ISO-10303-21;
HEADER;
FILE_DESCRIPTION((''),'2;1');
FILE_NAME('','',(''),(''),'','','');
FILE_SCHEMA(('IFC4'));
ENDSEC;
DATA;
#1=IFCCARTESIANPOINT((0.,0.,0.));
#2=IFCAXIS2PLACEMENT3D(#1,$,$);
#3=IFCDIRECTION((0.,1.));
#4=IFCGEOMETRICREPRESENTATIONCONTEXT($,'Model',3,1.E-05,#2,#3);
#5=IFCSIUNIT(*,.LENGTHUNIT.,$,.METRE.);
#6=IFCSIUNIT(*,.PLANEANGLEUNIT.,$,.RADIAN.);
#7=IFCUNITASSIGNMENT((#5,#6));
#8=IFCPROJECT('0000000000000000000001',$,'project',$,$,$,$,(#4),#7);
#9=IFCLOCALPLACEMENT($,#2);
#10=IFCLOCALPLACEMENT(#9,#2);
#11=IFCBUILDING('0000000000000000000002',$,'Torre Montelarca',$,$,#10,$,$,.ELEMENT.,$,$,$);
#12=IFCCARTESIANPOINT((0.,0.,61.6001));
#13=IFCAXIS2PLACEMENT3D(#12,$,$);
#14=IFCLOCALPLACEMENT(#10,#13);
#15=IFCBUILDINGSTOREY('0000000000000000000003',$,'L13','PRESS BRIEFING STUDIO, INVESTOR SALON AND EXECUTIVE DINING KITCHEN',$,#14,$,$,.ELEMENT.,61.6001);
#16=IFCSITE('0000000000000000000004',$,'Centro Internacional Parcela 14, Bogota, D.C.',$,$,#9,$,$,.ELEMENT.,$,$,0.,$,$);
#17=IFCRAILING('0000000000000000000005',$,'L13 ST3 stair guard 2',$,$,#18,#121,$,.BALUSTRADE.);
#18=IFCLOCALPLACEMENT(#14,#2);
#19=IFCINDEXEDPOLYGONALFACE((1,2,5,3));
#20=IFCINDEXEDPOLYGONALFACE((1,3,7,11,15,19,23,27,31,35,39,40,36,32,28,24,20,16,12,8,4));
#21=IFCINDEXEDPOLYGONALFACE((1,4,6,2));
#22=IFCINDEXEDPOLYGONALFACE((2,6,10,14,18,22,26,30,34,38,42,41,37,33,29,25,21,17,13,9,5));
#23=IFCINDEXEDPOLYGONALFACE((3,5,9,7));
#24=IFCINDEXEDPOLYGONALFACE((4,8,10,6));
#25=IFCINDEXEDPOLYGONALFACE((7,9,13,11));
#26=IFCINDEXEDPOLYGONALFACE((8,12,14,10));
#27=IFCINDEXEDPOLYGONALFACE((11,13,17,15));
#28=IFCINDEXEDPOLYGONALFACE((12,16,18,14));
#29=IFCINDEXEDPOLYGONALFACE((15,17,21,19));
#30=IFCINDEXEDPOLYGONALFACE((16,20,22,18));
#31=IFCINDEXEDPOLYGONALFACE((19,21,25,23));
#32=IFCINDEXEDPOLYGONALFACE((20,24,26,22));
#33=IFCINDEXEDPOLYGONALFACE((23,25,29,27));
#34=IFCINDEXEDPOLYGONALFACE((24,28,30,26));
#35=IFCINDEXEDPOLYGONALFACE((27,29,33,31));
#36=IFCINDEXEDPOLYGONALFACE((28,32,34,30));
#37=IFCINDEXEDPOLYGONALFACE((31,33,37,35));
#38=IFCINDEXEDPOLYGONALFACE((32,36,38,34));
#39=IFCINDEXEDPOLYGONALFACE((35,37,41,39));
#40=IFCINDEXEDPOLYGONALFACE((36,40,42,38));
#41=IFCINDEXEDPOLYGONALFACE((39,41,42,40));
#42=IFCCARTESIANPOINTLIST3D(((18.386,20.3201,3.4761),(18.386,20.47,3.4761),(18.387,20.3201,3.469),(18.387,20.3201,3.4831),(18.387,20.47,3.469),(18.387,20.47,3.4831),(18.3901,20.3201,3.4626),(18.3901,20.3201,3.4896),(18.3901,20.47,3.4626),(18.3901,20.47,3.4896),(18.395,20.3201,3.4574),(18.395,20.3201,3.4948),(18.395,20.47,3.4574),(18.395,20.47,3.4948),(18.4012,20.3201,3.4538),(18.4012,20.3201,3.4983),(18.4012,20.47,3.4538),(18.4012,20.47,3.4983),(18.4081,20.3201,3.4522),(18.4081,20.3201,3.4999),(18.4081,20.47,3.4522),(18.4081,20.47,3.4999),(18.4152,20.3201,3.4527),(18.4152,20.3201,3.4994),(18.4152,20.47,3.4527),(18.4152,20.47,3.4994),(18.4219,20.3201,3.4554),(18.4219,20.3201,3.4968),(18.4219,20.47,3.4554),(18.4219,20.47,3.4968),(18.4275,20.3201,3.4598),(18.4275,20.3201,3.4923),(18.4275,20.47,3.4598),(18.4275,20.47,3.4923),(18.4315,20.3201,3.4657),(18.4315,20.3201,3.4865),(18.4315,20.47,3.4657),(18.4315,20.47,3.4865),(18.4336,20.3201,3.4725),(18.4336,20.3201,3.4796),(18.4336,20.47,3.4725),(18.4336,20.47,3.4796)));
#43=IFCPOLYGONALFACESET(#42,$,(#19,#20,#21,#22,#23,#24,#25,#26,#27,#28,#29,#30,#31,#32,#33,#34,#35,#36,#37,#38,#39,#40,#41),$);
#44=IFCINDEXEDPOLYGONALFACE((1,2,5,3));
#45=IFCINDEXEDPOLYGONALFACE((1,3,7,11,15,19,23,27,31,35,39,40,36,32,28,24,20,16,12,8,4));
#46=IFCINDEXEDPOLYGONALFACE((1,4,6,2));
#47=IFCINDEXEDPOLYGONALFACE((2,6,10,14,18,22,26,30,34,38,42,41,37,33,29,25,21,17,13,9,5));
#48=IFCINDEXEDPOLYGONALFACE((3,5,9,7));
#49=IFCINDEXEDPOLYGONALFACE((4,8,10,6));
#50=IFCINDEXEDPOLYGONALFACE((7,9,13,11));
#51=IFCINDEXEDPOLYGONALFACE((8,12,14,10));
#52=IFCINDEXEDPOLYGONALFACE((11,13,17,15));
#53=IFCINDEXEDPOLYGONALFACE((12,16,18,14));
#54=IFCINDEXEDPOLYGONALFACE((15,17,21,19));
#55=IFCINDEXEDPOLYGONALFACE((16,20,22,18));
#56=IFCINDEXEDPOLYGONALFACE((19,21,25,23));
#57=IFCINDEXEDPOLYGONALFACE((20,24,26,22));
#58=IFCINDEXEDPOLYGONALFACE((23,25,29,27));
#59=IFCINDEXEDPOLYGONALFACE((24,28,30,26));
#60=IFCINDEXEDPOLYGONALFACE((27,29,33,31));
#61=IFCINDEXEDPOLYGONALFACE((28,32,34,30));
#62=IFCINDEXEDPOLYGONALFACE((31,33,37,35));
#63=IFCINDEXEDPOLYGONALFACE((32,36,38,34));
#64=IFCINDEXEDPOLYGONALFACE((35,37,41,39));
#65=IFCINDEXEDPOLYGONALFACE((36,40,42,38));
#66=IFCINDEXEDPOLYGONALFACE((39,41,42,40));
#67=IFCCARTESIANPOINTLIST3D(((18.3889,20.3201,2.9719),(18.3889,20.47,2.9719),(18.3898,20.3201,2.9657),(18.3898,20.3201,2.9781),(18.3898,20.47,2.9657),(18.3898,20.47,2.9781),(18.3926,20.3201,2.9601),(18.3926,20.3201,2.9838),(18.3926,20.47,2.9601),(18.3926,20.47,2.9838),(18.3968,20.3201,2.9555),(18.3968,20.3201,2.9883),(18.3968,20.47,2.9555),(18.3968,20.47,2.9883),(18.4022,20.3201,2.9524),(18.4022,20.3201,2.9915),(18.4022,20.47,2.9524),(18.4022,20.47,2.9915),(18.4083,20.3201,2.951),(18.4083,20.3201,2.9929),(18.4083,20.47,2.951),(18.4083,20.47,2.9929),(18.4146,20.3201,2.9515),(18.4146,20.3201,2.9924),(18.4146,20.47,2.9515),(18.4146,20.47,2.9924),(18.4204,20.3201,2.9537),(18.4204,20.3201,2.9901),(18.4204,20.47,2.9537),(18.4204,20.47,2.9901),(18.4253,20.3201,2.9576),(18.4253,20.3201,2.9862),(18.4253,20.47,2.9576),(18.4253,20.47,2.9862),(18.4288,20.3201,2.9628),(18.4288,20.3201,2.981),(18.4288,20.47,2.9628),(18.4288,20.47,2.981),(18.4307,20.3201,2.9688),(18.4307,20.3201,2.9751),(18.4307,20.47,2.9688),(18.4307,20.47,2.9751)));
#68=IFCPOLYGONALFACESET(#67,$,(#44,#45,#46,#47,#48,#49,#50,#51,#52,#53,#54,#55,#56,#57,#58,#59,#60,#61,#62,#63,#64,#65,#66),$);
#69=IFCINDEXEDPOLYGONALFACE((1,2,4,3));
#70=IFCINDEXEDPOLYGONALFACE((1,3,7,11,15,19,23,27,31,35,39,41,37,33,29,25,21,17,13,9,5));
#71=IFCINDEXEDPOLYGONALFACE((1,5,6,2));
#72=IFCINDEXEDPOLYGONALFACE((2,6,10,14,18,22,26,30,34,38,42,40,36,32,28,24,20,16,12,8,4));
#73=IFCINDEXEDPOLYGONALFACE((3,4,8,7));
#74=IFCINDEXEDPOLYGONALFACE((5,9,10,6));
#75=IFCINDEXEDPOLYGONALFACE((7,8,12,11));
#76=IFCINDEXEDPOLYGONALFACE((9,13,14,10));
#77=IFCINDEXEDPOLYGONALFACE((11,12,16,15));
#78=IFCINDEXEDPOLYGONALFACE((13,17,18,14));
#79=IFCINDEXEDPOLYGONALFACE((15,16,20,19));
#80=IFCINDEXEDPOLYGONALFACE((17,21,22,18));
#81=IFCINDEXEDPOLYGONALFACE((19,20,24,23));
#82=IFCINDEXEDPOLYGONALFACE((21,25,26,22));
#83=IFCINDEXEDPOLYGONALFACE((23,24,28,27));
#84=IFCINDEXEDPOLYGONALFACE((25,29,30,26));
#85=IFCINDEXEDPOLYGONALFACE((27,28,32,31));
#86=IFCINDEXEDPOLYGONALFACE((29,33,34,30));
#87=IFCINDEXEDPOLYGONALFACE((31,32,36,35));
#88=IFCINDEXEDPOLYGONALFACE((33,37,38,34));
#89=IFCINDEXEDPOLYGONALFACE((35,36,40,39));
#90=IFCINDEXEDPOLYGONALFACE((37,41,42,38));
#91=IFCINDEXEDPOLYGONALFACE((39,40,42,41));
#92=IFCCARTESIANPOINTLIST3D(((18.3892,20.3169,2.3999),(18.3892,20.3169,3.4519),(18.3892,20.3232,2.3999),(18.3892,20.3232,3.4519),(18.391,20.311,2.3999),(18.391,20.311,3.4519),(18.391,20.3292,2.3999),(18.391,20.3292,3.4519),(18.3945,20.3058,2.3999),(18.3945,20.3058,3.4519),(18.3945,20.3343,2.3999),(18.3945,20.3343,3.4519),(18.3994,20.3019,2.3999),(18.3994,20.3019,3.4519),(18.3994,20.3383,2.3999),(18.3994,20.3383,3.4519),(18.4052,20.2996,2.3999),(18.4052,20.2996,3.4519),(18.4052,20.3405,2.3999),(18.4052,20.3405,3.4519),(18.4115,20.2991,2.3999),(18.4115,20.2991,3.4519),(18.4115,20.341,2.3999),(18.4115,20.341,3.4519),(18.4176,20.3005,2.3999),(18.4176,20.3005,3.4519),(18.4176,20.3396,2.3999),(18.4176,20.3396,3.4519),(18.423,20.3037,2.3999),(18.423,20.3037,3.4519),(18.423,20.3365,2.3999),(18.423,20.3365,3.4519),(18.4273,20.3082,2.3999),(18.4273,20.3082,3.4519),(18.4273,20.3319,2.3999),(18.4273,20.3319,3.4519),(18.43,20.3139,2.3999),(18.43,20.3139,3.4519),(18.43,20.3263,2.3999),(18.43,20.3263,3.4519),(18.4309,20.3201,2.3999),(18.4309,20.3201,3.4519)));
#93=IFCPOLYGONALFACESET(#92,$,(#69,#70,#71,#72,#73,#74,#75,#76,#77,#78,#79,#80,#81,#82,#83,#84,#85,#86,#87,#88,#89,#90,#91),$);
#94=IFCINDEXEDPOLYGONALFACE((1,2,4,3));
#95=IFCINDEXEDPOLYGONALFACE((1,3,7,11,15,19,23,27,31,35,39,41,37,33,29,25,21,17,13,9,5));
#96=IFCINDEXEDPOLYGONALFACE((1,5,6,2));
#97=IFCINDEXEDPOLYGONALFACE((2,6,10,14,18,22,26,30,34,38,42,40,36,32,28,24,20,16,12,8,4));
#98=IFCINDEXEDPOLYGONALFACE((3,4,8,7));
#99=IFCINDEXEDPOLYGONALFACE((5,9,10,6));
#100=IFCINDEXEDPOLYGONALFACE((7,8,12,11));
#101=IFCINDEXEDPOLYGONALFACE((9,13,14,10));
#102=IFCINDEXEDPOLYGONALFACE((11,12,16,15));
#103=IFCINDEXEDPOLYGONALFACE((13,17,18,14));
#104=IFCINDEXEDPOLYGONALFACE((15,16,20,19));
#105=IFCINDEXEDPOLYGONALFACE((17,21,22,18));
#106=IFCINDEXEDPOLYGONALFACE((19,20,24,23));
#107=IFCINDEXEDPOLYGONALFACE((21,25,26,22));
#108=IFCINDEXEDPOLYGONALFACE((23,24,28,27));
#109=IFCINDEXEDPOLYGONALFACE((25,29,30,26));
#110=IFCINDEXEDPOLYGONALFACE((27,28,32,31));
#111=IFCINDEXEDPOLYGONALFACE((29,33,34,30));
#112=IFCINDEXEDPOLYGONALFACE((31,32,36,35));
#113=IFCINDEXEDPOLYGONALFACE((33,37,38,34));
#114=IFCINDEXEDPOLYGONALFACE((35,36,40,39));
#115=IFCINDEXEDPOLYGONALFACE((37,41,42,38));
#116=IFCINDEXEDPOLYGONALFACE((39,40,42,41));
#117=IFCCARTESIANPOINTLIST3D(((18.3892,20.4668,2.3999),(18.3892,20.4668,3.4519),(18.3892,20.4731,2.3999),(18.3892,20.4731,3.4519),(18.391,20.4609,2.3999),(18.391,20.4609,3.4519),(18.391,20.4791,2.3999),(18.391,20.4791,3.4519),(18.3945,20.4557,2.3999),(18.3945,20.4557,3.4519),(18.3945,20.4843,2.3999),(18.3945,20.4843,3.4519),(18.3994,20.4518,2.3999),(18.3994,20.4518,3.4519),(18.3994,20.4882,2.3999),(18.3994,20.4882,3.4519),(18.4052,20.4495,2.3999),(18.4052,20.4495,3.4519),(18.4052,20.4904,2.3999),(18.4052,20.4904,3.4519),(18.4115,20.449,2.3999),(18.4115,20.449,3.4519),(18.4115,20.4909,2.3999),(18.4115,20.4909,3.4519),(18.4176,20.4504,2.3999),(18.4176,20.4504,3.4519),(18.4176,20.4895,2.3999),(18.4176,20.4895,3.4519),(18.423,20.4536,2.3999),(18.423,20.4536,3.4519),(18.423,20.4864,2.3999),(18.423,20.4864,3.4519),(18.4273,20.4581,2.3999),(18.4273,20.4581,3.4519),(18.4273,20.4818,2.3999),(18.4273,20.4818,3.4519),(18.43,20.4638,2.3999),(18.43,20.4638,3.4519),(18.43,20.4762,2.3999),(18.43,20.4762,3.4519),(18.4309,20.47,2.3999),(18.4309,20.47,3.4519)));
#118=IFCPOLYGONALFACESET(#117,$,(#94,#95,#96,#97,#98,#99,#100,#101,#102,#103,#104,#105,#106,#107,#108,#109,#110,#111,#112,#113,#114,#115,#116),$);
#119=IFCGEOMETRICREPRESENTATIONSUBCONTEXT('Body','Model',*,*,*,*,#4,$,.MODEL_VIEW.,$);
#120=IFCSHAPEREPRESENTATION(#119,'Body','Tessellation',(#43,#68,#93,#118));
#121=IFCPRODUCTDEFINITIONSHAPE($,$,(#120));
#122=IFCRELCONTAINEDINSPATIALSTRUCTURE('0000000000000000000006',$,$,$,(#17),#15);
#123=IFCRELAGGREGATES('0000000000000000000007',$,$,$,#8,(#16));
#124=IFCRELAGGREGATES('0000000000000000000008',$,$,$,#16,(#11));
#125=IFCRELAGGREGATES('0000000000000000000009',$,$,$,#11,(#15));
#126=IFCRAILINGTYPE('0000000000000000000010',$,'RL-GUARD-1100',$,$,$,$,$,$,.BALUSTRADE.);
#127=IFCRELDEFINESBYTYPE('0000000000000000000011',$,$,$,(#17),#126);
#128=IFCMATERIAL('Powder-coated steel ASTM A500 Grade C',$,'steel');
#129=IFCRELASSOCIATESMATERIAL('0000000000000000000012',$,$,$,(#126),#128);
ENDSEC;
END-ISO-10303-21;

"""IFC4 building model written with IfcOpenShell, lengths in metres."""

from ifc_helpers import new_model, si_unit, direction, frame, origin, origin_2d, place, context, subcontext, project, spatial, circle, extrude, material, type_object, element, save


model = new_model("IFC4")

# Units and contexts
model_context = context("Model", 3, precision=1e-05, world=origin(), true_north=direction((0.0, 1.0)))
body_context = subcontext(model_context, "Body", "Model", "MODEL_VIEW")
ifc_project = project(units=[si_unit("LENGTHUNIT", "METRE"), si_unit("PLANEANGLEUNIT", "RADIAN")], contexts=[model_context])

# Site, building, storey
site_placement = place(None, origin())
site = spatial("IfcSite", under=ifc_project, at=site_placement, Name="Centro Internacional Parcela 14, Bogota, D.C.", CompositionType="ELEMENT", RefElevation=0.0)
building_placement = place(site_placement, origin())
building = spatial("IfcBuilding", under=site, at=building_placement, Name="Torre Montelarca", CompositionType="ELEMENT")
storey_placement = place(building_placement, frame((0.0, 0.0, 61.6001)))
storey = spatial("IfcBuildingStorey", under=building, at=storey_placement, Name="L13", Description="PRESS BRIEFING STUDIO, INVESTOR SALON AND EXECUTIVE DINING KITCHEN", CompositionType="ELEMENT", Elevation=61.6001)

# Railing
ifc_material_1 = material(Name="Powder-coated steel ASTM A500 Grade C", Category="steel")
railing_type_1 = type_object("IfcRailingType", Name="RL-GUARD-1100", PredefinedType="BALUSTRADE", material=ifc_material_1)
railing_1_placement = place(storey_placement, frame((18.4099, 20.3201, 2.3999)))
element("IfcRailing", 1, at=railing_1_placement, inside=storey, type_object=railing_type_1, Name="L13 ST3 stair guard 2", PredefinedType="BALUSTRADE", context=body_context, shape_type="SweptSolid", body=[
    extrude(circle(Radius=0.0239, at=origin_2d()), frame((0.0, 0.0, 1.0762), z_axis=(0.0, 1.0, 0.0), x_axis=(-1.0, 0.0, 0.0)), (0.0, 0.0, 1.0), 0.1499),
    extrude(circle(Radius=0.021, at=origin_2d()), frame((0.0, 0.0, 0.572), z_axis=(0.0, 1.0, 0.0), x_axis=(-1.0, 0.0, 0.0)), (0.0, 0.0, 1.0), 0.1499),
    extrude(circle(Radius=0.021, at=origin_2d()), origin(), (0.0, 0.0, 1.0), 1.052),
    extrude(circle(Radius=0.021, at=origin_2d()), frame((0.0, 0.1499, 0.0)), (0.0, 0.0, 1.0), 1.052),
])

save(model, "model.ifc")
